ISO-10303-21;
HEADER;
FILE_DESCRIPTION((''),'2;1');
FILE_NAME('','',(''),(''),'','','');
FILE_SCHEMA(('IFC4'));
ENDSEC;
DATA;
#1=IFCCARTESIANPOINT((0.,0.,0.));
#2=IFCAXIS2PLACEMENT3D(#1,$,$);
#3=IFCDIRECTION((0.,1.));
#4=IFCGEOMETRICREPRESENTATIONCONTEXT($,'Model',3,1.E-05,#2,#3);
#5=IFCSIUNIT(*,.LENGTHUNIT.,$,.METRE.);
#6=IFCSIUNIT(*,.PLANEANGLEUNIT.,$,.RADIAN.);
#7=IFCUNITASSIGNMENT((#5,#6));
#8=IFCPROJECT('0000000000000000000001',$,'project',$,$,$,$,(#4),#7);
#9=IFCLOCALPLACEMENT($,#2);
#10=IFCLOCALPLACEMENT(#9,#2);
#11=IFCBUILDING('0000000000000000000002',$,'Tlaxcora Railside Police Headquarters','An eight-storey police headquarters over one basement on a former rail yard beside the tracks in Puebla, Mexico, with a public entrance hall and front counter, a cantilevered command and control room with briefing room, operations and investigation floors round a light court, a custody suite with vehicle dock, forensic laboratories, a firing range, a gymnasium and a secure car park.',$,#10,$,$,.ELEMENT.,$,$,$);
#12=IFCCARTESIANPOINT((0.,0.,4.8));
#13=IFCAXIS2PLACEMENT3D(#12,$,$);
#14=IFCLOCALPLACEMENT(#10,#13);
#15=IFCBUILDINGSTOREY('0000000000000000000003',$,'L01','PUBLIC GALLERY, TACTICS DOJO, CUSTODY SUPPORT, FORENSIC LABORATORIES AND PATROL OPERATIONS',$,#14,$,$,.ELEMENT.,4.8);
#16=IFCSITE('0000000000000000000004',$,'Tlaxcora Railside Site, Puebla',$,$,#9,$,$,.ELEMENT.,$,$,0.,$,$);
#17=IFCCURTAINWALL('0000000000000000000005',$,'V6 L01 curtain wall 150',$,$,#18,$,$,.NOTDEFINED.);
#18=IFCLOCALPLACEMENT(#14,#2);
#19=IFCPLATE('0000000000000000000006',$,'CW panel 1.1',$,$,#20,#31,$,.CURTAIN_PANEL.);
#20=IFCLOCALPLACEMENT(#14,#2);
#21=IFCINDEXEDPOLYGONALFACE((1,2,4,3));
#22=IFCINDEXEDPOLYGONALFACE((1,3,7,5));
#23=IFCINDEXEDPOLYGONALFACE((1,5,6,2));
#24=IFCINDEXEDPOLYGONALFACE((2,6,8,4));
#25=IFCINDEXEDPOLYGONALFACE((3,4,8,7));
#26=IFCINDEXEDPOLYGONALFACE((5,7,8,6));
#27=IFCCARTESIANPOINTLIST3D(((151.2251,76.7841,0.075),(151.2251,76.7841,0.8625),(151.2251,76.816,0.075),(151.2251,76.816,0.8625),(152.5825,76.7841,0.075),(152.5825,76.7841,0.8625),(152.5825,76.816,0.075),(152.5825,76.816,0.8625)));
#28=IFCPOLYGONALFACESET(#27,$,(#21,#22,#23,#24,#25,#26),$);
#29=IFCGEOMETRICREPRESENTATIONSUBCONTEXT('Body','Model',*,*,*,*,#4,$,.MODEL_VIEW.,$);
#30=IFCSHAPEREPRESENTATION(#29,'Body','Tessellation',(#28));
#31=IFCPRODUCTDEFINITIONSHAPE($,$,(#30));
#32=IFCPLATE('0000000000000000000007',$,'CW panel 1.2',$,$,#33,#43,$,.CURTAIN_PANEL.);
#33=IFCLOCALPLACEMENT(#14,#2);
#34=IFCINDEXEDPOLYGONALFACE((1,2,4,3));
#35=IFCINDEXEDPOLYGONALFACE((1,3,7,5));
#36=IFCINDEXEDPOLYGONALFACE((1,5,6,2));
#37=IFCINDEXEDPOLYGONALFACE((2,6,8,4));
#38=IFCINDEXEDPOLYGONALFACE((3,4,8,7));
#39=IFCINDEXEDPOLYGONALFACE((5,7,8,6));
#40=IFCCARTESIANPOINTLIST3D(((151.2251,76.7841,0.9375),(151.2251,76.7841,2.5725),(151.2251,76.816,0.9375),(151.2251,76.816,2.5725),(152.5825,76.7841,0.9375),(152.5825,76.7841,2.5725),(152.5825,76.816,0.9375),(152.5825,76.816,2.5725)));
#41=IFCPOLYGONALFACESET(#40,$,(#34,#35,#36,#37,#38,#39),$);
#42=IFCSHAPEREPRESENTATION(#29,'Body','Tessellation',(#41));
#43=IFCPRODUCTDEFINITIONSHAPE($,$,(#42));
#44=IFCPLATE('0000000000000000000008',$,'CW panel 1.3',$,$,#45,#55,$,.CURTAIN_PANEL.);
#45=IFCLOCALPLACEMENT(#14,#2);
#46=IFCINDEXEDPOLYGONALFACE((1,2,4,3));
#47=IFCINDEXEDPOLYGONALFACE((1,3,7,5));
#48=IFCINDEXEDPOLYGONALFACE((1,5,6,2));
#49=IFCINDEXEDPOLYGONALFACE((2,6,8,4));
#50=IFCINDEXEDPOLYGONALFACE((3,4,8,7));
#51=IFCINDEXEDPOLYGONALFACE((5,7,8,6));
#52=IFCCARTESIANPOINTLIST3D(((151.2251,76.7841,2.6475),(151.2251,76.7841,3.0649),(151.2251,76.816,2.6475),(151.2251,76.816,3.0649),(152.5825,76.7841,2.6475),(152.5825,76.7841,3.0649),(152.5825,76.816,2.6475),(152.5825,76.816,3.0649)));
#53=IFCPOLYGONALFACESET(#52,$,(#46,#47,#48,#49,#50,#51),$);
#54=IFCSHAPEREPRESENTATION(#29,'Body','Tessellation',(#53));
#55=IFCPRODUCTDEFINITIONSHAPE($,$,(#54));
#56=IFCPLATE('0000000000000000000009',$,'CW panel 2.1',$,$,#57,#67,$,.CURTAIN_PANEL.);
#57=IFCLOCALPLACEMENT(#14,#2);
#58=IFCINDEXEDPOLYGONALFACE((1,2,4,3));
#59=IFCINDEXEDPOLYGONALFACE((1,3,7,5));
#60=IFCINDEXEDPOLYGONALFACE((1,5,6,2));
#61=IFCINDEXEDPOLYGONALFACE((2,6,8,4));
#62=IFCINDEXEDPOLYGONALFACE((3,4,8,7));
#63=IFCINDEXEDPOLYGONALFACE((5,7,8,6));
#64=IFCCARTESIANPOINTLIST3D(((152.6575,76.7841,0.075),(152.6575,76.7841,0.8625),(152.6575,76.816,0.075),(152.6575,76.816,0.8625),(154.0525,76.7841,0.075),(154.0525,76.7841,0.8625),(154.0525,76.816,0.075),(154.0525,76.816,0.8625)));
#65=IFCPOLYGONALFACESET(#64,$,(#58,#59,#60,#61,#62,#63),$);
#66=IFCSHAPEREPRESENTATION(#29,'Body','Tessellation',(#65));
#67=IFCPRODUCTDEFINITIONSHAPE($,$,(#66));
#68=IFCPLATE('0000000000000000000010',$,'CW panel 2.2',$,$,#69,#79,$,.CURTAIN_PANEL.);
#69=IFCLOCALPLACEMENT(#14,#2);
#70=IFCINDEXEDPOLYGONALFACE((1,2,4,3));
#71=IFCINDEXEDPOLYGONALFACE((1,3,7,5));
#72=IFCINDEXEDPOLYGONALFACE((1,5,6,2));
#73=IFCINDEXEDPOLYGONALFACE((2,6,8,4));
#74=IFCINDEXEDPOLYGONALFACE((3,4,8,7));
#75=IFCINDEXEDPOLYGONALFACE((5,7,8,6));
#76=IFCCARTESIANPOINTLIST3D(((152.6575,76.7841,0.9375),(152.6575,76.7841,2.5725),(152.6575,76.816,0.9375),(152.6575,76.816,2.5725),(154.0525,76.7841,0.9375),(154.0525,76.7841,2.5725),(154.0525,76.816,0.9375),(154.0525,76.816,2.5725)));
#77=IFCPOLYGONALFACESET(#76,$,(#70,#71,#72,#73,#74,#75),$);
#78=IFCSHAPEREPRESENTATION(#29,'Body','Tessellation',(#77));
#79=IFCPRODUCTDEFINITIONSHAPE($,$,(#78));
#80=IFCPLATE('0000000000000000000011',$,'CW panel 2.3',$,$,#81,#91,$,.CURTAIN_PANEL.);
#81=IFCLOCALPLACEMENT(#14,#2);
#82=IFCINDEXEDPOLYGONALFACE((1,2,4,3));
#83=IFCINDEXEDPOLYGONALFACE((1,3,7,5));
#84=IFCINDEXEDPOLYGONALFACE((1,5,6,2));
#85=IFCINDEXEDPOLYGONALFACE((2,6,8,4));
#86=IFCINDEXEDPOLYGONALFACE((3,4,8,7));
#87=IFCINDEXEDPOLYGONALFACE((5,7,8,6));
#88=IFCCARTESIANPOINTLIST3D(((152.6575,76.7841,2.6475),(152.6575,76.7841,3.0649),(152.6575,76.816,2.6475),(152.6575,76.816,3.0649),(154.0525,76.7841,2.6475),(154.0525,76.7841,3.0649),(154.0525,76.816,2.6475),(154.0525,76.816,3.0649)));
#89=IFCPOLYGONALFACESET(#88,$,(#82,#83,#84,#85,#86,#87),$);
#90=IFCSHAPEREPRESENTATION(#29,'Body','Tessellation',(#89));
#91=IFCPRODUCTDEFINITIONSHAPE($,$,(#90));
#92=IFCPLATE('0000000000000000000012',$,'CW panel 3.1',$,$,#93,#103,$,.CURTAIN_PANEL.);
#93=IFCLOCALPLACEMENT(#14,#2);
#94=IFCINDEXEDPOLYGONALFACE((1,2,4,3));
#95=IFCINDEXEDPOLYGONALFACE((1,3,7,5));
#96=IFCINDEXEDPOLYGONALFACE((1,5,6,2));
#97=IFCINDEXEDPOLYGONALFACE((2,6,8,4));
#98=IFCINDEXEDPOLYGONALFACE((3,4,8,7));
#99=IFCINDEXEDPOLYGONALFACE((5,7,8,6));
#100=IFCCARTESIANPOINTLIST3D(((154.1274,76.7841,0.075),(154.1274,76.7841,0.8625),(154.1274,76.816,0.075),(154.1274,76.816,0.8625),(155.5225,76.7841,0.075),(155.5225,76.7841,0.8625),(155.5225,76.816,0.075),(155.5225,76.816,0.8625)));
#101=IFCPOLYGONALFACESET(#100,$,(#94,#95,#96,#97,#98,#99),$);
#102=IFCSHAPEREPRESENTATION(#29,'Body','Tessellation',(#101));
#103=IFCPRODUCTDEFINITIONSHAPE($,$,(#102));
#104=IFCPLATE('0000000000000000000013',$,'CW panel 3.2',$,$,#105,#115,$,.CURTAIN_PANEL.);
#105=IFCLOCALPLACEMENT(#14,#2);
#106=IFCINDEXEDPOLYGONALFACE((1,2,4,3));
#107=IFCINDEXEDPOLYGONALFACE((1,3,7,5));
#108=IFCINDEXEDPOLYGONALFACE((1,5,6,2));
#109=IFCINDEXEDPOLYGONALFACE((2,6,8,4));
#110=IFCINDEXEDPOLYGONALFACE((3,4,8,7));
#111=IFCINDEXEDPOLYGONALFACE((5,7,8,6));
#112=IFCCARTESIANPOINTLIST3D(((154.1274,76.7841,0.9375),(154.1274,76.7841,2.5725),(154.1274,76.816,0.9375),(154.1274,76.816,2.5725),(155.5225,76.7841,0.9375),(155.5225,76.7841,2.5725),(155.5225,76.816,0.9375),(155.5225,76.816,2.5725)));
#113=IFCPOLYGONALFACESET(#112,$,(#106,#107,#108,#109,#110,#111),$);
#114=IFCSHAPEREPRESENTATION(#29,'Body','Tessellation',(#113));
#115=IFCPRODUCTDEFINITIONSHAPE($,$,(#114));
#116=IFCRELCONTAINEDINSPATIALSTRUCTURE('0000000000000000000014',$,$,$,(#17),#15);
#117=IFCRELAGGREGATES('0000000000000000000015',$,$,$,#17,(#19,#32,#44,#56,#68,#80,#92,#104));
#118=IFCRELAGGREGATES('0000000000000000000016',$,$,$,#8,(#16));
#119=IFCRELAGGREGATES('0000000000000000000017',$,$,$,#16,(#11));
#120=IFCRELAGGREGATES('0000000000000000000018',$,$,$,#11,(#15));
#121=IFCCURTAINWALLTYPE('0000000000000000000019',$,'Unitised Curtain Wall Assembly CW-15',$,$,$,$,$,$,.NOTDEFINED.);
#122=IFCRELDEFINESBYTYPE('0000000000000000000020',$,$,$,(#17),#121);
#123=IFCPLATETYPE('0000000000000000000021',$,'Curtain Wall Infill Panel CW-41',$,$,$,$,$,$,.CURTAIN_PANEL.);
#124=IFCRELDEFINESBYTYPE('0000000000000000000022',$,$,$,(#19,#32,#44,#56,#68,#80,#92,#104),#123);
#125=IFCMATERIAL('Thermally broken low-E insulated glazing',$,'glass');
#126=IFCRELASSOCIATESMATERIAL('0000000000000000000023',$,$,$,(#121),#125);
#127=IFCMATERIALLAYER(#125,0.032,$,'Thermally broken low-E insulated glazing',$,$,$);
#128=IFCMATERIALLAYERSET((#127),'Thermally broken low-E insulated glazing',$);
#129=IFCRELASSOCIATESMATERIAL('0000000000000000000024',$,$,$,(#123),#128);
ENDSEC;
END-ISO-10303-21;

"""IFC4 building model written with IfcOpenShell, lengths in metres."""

from ifc_helpers import new_model, si_unit, direction, frame, origin, origin_2d, place, context, subcontext, project, spatial, rectangle, extrude, material, layer, layer_set, type_object, element, aggregate, save


model = new_model("IFC4")

# Units and contexts
model_context = context("Model", 3, precision=1e-05, world=origin(), true_north=direction((0.0, 1.0)))
body_context = subcontext(model_context, "Body", "Model", "MODEL_VIEW")
ifc_project = project(units=[si_unit("LENGTHUNIT", "METRE"), si_unit("PLANEANGLEUNIT", "RADIAN")], contexts=[model_context])

# Site, building, storey
site_placement = place(None, origin())
site = spatial("IfcSite", under=ifc_project, at=site_placement, Name="Tlaxcora Railside Site, Puebla", CompositionType="ELEMENT", RefElevation=0.0)
building_placement = place(site_placement, origin())
building = spatial("IfcBuilding", under=site, at=building_placement, Name="Tlaxcora Railside Police Headquarters", Description="An eight-storey police headquarters over one basement on a former rail yard beside the tracks in Puebla, Mexico, with a public entrance hall and front counter, a cantilevered command and control room with briefing room, operations and investigation floors round a light court, a custody suite with vehicle dock, forensic laboratories, a firing range, a gymnasium and a secure car park.", CompositionType="ELEMENT")
storey_placement = place(building_placement, frame((0.0, 0.0, 4.8)))
storey = spatial("IfcBuildingStorey", under=building, at=storey_placement, Name="L01", Description="PUBLIC GALLERY, TACTICS DOJO, CUSTODY SUPPORT, FORENSIC LABORATORIES AND PATROL OPERATIONS", CompositionType="ELEMENT", Elevation=4.8)

# Curtain wall, plates
ifc_material_1 = material(Name="Thermally broken low-E insulated glazing", Category="glass")
curtain_wall_type = type_object("IfcCurtainWallType", Name="Unitised Curtain Wall Assembly CW-15", PredefinedType="NOTDEFINED", material=ifc_material_1)
curtain_wall_placement = place(storey_placement, origin())
curtain_wall = element("IfcCurtainWall", 1, at=curtain_wall_placement, inside=storey, type_object=curtain_wall_type, Name="V6 L01 curtain wall 150", PredefinedType="NOTDEFINED")
ifc_layer = layer(ifc_material_1, 0.032, Name="Thermally broken low-E insulated glazing")
ifc_layer_set = layer_set([ifc_layer], Name="Thermally broken low-E insulated glazing")
plate_type = type_object("IfcPlateType", Name="Curtain Wall Infill Panel CW-41", PredefinedType="CURTAIN_PANEL", material=ifc_layer_set)
plate_1_placement = place(storey_placement, frame((151.9038, 76.8, 0.075), z_axis=(0.0, 0.0, 1.0), x_axis=(1.0, 0.0, 0.0)))
plate_1 = element("IfcPlate", 2, at=plate_1_placement, type_object=plate_type, Name="CW panel 1.1", PredefinedType="CURTAIN_PANEL", context=body_context, shape_type="SweptSolid", body=[
    extrude(rectangle(XDim=1.3574, YDim=0.032, at=origin_2d()), origin(), (0.0, 0.0, 1.0), 0.7876),
])
plate_2_placement = place(storey_placement, frame((151.9038, 76.8, 0.9375), z_axis=(0.0, 0.0, 1.0), x_axis=(1.0, 0.0, 0.0)))
plate_2 = element("IfcPlate", 3, at=plate_2_placement, type_object=plate_type, Name="CW panel 1.2", PredefinedType="CURTAIN_PANEL", context=body_context, shape_type="SweptSolid", body=[
    extrude(rectangle(XDim=1.3574, YDim=0.032, at=origin_2d()), origin(), (0.0, 0.0, 1.0), 1.635),
])
plate_3_placement = place(storey_placement, frame((151.9038, 76.8, 2.6475), z_axis=(0.0, 0.0, 1.0), x_axis=(1.0, 0.0, 0.0)))
plate_3 = element("IfcPlate", 4, at=plate_3_placement, type_object=plate_type, Name="CW panel 1.3", PredefinedType="CURTAIN_PANEL", context=body_context, shape_type="SweptSolid", body=[
    extrude(rectangle(XDim=1.3574, YDim=0.032, at=origin_2d()), origin(), (0.0, 0.0, 1.0), 0.4175),
])
plate_4_placement = place(storey_placement, frame((153.355, 76.8, 0.075), z_axis=(0.0, 0.0, 1.0), x_axis=(1.0, 0.0, 0.0)))
plate_4 = element("IfcPlate", 5, at=plate_4_placement, type_object=plate_type, Name="CW panel 2.1", PredefinedType="CURTAIN_PANEL", context=body_context, shape_type="SweptSolid", body=[
    extrude(rectangle(XDim=1.395, YDim=0.032, at=origin_2d()), origin(), (0.0, 0.0, 1.0), 0.7876),
])
plate_5_placement = place(storey_placement, frame((153.355, 76.8, 0.9375), z_axis=(0.0, 0.0, 1.0), x_axis=(1.0, 0.0, 0.0)))
plate_5 = element("IfcPlate", 6, at=plate_5_placement, type_object=plate_type, Name="CW panel 2.2", PredefinedType="CURTAIN_PANEL", context=body_context, shape_type="SweptSolid", body=[
    extrude(rectangle(XDim=1.395, YDim=0.032, at=origin_2d()), origin(), (0.0, 0.0, 1.0), 1.635),
])
plate_6_placement = place(storey_placement, frame((153.355, 76.8, 2.6475), z_axis=(0.0, 0.0, 1.0), x_axis=(1.0, 0.0, 0.0)))
plate_6 = element("IfcPlate", 7, at=plate_6_placement, type_object=plate_type, Name="CW panel 2.3", PredefinedType="CURTAIN_PANEL", context=body_context, shape_type="SweptSolid", body=[
    extrude(rectangle(XDim=1.395, YDim=0.032, at=origin_2d()), origin(), (0.0, 0.0, 1.0), 0.4175),
])
plate_7_placement = place(storey_placement, frame((154.825, 76.8, 0.075), z_axis=(0.0, 0.0, 1.0), x_axis=(1.0, 0.0, 0.0)))
plate_7 = element("IfcPlate", 8, at=plate_7_placement, type_object=plate_type, Name="CW panel 3.1", PredefinedType="CURTAIN_PANEL", context=body_context, shape_type="SweptSolid", body=[
    extrude(rectangle(XDim=1.395, YDim=0.032, at=origin_2d()), origin(), (0.0, 0.0, 1.0), 0.7876),
])
plate_8_placement = place(storey_placement, frame((154.825, 76.8, 0.9375), z_axis=(0.0, 0.0, 1.0), x_axis=(1.0, 0.0, 0.0)))
plate_8 = element("IfcPlate", 9, at=plate_8_placement, type_object=plate_type, Name="CW panel 3.2", PredefinedType="CURTAIN_PANEL", context=body_context, shape_type="SweptSolid", body=[
    extrude(rectangle(XDim=1.395, YDim=0.032, at=origin_2d()), origin(), (0.0, 0.0, 1.0), 1.635),
])
aggregate(curtain_wall, [plate_1, plate_2, plate_3, plate_4, plate_5, plate_6, plate_7, plate_8])

save(model, "model.ifc")
